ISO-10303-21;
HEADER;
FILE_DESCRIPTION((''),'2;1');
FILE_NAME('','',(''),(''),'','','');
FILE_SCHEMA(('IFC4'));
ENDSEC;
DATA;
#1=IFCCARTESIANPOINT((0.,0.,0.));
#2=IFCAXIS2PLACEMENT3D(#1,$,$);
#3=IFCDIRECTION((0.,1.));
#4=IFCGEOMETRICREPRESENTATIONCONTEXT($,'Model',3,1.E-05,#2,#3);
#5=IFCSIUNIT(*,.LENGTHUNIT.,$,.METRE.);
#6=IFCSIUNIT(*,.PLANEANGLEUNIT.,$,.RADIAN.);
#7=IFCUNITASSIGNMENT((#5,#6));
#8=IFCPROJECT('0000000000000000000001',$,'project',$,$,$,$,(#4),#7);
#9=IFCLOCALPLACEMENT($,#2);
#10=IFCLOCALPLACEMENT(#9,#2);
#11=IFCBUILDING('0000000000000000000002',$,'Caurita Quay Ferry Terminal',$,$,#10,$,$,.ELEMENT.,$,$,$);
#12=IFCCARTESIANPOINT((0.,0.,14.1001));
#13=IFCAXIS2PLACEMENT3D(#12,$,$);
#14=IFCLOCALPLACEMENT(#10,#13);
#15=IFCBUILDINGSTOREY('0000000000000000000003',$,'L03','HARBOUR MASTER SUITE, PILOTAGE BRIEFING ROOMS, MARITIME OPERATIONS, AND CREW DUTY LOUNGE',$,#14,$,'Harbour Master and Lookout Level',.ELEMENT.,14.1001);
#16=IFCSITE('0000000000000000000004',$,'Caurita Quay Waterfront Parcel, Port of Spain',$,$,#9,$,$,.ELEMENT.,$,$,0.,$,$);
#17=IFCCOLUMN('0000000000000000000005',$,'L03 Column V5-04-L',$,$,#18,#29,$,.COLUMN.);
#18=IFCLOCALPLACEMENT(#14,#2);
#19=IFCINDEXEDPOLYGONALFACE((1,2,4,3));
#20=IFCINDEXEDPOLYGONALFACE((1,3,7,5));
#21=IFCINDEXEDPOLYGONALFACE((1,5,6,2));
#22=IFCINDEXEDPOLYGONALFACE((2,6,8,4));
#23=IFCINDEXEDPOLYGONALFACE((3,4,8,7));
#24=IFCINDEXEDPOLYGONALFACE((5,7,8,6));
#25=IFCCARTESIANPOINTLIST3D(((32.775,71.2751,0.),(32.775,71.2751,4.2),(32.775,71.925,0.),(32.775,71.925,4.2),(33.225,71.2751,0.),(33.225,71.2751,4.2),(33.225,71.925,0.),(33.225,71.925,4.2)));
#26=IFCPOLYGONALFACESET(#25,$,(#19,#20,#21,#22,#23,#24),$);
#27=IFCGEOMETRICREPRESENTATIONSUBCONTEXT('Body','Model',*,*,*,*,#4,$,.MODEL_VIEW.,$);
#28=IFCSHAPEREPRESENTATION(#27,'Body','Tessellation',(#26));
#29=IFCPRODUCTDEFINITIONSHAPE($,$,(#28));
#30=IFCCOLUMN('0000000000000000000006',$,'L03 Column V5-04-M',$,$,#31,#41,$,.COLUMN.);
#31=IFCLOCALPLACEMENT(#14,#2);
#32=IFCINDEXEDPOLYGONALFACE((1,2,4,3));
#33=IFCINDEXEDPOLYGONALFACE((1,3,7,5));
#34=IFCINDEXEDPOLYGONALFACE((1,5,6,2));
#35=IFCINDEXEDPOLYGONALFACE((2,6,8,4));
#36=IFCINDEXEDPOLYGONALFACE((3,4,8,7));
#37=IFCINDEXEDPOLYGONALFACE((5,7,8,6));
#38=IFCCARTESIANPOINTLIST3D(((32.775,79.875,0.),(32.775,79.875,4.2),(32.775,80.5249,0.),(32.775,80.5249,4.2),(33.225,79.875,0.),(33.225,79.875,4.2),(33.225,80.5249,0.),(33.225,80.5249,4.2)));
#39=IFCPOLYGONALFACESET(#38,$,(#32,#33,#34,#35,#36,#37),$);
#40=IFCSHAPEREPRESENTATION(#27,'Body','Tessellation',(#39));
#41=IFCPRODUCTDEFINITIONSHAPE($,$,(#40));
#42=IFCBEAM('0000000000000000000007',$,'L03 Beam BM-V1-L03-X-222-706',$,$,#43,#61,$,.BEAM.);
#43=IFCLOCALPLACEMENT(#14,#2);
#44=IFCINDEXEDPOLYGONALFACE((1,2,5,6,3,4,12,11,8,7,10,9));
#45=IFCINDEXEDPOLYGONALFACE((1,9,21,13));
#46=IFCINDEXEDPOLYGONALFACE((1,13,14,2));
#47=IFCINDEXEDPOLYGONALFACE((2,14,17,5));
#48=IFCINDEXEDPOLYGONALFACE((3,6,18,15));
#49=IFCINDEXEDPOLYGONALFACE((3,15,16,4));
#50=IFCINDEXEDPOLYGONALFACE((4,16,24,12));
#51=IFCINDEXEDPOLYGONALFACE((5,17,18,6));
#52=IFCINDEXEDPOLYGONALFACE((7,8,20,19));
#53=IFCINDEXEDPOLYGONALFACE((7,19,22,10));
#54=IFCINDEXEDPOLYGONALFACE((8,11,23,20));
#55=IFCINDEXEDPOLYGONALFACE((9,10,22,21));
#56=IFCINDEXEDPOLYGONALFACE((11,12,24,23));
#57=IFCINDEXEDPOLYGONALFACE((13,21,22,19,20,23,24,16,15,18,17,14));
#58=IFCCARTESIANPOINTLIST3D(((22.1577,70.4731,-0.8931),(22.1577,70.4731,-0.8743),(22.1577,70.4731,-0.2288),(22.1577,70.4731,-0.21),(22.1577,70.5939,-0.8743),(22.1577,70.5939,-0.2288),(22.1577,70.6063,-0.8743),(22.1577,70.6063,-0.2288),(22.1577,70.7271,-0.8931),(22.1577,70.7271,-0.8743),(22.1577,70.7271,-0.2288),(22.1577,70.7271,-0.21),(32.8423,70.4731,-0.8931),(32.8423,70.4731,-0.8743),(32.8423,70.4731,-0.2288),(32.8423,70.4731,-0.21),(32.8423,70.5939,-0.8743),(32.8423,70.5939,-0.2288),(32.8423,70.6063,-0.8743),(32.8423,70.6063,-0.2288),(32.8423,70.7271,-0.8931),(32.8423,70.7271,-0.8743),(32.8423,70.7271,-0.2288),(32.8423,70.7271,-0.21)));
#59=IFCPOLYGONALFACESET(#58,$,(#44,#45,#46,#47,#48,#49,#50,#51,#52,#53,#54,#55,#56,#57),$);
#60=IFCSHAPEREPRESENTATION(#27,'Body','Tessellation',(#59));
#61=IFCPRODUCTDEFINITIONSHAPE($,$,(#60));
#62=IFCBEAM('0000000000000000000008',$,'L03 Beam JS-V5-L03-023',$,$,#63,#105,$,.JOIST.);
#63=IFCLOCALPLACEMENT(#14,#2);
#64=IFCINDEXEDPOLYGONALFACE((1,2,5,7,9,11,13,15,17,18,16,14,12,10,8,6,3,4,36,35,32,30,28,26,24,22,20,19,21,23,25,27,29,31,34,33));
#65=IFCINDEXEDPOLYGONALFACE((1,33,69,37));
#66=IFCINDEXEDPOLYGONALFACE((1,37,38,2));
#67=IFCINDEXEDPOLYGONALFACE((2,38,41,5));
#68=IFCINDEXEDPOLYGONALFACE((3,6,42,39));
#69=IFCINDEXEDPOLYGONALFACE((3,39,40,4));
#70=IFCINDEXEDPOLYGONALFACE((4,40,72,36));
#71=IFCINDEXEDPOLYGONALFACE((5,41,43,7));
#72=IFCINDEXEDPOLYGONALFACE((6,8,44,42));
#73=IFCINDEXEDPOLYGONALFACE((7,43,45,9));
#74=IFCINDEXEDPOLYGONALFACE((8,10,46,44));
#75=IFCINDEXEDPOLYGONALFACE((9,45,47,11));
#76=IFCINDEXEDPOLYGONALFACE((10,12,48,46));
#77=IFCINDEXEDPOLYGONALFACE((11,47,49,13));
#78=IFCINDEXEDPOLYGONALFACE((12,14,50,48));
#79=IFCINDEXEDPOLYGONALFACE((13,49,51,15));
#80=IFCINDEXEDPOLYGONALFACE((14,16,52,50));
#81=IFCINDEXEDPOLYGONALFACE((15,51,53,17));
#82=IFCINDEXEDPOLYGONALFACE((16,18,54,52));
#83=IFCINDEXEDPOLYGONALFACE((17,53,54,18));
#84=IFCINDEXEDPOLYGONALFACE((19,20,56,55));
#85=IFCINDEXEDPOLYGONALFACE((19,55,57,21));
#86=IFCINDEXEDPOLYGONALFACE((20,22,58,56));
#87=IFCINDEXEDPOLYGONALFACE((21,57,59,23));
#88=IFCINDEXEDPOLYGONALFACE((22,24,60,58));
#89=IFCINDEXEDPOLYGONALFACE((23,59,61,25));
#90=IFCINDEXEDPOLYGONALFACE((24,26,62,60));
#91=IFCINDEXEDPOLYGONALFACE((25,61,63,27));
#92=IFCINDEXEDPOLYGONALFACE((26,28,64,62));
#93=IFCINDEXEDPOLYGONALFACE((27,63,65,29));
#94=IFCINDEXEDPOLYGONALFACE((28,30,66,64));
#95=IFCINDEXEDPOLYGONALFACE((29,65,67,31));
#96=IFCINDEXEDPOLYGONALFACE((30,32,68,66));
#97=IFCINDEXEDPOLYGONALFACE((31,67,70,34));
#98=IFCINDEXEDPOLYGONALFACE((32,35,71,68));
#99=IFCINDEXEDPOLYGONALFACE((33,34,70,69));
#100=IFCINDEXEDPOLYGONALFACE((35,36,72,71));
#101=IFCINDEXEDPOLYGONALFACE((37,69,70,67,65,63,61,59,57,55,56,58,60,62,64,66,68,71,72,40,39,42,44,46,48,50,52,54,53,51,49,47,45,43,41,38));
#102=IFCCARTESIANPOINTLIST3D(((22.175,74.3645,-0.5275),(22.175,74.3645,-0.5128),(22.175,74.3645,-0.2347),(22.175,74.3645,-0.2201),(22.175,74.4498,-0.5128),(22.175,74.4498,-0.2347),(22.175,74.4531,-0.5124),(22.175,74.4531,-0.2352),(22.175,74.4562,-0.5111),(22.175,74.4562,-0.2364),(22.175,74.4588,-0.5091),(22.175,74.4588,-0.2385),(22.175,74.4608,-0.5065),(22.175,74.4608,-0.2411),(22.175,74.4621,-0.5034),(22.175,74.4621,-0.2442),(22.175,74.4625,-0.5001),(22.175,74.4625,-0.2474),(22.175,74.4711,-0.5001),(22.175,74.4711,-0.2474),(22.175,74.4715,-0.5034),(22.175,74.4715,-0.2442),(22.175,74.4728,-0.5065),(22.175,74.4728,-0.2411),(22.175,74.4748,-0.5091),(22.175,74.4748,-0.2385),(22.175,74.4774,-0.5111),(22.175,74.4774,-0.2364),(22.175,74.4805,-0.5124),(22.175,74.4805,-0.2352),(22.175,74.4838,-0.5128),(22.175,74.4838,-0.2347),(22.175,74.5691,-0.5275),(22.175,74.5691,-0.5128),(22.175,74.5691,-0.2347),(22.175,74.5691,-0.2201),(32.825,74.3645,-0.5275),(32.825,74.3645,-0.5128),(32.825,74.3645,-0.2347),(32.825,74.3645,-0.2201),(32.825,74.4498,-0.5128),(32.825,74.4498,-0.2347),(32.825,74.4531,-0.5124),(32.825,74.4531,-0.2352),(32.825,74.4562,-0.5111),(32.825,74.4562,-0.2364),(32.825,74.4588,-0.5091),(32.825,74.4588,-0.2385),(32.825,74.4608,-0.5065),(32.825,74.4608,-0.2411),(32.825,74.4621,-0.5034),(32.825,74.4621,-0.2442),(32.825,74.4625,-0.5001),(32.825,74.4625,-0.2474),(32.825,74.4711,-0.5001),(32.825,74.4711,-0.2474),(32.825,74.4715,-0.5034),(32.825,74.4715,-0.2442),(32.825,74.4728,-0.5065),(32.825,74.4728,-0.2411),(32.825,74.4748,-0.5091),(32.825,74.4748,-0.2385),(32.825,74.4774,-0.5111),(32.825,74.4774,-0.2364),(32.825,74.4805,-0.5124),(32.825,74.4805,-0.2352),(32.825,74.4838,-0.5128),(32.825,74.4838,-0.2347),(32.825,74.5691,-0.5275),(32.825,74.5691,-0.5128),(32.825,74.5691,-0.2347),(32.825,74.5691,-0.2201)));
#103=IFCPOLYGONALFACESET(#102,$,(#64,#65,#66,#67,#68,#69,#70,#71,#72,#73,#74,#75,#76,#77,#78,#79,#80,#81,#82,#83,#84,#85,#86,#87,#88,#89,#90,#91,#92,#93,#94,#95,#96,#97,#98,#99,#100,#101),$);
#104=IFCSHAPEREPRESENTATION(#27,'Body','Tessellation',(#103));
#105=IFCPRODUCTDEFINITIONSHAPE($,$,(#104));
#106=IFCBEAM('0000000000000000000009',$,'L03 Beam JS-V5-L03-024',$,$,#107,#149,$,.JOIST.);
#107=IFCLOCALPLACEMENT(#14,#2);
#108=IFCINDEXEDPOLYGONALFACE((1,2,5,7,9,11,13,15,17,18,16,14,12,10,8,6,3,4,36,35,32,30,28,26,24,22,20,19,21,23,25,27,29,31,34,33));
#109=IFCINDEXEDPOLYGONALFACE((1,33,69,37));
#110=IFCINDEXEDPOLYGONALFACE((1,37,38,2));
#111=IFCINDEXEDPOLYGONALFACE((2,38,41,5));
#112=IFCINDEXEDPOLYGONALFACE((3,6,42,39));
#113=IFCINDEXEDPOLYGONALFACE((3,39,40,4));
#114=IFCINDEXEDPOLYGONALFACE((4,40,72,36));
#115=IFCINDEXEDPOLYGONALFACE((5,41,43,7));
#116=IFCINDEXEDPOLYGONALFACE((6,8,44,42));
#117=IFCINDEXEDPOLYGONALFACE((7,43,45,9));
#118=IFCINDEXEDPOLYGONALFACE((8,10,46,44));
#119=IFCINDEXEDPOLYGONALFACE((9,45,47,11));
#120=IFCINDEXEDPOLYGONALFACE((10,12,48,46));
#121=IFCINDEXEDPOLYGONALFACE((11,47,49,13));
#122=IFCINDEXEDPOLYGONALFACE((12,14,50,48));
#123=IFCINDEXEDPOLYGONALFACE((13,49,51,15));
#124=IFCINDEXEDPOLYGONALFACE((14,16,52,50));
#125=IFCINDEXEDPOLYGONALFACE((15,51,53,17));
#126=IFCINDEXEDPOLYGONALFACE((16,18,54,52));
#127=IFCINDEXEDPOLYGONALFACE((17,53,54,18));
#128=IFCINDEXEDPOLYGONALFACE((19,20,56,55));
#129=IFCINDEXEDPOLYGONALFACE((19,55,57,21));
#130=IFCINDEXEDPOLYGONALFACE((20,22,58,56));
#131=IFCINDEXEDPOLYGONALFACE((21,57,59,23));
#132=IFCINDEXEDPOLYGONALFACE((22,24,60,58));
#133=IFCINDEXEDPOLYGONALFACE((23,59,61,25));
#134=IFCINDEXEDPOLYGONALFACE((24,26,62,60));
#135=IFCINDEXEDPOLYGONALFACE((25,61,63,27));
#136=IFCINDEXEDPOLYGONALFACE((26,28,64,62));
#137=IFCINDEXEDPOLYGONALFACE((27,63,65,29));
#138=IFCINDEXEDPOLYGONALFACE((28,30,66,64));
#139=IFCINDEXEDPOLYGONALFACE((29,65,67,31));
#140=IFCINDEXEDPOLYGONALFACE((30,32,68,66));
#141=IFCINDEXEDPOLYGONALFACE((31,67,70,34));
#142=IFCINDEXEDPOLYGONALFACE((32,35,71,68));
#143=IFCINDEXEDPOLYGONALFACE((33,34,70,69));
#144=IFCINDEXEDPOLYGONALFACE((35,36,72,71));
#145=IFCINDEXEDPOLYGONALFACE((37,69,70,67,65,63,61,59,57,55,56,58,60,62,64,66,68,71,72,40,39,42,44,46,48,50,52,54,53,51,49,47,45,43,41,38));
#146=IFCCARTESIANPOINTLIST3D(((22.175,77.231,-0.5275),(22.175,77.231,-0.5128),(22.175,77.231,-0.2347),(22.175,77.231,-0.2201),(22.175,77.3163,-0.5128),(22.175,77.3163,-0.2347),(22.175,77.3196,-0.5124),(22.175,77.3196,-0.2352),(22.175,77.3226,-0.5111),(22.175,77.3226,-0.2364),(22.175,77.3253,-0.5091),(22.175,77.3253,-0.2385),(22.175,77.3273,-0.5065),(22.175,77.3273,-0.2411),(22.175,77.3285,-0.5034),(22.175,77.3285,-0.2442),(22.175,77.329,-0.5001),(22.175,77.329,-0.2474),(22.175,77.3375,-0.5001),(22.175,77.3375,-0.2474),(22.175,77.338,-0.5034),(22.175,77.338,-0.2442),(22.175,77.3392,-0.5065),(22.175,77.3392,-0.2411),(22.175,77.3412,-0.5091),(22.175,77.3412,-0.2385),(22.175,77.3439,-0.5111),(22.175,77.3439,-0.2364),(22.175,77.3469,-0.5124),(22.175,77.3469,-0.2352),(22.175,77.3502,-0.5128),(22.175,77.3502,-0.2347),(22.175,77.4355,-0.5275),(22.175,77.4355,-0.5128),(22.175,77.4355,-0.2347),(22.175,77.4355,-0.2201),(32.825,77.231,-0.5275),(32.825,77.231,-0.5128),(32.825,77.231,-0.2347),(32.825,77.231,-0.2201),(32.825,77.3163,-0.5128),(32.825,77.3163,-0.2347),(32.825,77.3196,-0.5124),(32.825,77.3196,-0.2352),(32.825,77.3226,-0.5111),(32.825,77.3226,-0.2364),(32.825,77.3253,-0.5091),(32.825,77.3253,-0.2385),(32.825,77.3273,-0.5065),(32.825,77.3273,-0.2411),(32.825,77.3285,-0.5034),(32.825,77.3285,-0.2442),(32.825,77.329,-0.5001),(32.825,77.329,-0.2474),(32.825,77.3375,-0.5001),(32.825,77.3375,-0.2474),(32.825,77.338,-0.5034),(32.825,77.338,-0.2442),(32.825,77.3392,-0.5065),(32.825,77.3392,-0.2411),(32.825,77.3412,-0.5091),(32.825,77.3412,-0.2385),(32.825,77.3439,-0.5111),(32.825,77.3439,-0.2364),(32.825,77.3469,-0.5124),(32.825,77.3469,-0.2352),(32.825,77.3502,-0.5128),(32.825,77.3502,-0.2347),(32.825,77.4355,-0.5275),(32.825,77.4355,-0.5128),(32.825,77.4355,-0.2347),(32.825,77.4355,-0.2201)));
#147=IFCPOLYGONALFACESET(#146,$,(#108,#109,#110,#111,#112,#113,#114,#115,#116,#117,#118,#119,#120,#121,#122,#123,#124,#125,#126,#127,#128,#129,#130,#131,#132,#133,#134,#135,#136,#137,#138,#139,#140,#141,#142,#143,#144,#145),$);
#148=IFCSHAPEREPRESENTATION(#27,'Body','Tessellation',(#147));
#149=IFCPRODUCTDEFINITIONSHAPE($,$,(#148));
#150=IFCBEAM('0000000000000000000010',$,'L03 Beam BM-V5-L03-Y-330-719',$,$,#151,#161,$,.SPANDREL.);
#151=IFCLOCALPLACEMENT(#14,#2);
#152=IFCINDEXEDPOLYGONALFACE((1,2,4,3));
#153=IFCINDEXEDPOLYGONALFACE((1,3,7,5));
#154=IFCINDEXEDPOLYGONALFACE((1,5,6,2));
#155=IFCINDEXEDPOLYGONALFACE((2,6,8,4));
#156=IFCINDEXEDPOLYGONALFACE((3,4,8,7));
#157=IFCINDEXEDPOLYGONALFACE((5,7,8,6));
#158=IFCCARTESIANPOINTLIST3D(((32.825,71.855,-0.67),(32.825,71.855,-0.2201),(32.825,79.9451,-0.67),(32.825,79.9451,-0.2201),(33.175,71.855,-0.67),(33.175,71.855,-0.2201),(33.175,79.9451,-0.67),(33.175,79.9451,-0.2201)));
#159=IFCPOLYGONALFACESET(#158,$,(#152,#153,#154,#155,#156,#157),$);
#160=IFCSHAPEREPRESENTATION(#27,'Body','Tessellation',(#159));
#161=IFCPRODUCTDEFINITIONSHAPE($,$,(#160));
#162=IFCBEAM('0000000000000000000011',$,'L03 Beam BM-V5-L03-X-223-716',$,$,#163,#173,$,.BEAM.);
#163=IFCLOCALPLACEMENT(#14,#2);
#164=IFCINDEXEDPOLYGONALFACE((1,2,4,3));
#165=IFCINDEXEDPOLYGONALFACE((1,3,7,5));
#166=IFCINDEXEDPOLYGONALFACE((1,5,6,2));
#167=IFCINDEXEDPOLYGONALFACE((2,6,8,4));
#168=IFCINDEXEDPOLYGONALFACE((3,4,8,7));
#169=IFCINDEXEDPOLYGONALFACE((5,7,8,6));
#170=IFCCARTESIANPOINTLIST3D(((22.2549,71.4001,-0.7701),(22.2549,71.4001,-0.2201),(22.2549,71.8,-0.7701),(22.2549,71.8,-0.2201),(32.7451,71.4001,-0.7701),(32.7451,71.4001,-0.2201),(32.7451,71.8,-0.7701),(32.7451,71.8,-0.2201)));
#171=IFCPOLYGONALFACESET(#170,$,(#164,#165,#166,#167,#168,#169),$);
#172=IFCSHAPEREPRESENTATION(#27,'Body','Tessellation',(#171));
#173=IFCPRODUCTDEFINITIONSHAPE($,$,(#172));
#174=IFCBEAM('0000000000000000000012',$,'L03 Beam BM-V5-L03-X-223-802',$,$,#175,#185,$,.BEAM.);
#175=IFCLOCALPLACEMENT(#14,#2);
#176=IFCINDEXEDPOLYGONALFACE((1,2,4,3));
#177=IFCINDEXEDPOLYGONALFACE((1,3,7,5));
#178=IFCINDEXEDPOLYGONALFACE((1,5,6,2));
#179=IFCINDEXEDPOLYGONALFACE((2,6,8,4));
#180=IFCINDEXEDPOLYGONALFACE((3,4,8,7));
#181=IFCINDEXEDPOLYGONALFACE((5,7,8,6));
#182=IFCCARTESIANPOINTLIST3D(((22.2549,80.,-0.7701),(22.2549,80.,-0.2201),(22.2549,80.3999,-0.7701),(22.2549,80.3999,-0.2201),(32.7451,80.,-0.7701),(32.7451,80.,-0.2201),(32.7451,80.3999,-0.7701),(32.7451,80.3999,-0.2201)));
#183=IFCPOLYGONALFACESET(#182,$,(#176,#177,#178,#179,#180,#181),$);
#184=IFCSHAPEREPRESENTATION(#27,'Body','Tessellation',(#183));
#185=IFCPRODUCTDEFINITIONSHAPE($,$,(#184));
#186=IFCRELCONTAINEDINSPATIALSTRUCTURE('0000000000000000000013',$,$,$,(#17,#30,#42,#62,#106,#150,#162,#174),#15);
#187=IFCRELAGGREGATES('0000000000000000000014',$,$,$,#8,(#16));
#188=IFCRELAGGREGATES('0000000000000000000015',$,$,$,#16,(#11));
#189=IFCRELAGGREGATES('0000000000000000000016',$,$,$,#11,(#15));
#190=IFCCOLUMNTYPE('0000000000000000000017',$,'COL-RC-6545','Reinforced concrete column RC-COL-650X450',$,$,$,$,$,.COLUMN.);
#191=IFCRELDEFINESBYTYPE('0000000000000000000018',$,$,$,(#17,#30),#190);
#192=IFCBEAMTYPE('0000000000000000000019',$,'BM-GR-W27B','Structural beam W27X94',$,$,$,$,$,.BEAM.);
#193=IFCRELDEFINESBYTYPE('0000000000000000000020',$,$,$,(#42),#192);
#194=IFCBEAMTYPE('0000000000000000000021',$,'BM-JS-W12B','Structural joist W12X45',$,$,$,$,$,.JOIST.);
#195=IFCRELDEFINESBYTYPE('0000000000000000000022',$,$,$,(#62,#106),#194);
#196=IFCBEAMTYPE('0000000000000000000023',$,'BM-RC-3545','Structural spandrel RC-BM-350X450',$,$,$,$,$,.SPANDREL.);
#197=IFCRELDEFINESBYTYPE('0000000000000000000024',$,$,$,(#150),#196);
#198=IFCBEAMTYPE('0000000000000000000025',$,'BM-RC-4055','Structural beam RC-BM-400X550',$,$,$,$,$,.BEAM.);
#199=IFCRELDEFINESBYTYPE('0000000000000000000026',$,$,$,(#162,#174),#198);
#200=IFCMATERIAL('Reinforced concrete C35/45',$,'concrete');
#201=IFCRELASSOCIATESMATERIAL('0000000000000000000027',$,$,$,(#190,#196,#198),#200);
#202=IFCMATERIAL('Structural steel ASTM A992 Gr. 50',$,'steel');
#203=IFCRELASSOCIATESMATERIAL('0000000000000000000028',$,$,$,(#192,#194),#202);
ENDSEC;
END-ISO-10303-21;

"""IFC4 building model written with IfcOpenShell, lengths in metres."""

from ifc_helpers import new_model, si_unit, direction, frame, origin, origin_2d, place, context, subcontext, project, spatial, rectangle, i_section, extrude, material, material_profile, profile_set, type_object, element, save


model = new_model("IFC4")

# Units and contexts
model_context = context("Model", 3, precision=1e-05, world=origin(), true_north=direction((0.0, 1.0)))
body_context = subcontext(model_context, "Body", "Model", "MODEL_VIEW")
ifc_project = project(units=[si_unit("LENGTHUNIT", "METRE"), si_unit("PLANEANGLEUNIT", "RADIAN")], contexts=[model_context])

# Site, building, storey
site_placement = place(None, origin())
site = spatial("IfcSite", under=ifc_project, at=site_placement, Name="Caurita Quay Waterfront Parcel, Port of Spain", CompositionType="ELEMENT", RefElevation=0.0)
building_placement = place(site_placement, origin())
building = spatial("IfcBuilding", under=site, at=building_placement, Name="Caurita Quay Ferry Terminal", CompositionType="ELEMENT")
storey_placement = place(building_placement, frame((0.0, 0.0, 14.1001)))
storey = spatial("IfcBuildingStorey", under=building, at=storey_placement, Name="L03", Description="HARBOUR MASTER SUITE, PILOTAGE BRIEFING ROOMS, MARITIME OPERATIONS, AND CREW DUTY LOUNGE", LongName="Harbour Master and Lookout Level", CompositionType="ELEMENT", Elevation=14.1001)

# Columns
ifc_material_1 = material(Name="Reinforced concrete C35/45", Category="concrete")
ifc_material_profile_1 = material_profile(ifc_material_1, rectangle(XDim=0.45, YDim=0.6499, at=origin_2d()), Name="RC-COL-650X450")
ifc_profile_set_1 = profile_set([ifc_material_profile_1], Name="Reinforced concrete C35/45")
column_type = type_object("IfcColumnType", Name="COL-RC-6545", Description="Reinforced concrete column RC-COL-650X450", PredefinedType="COLUMN", material=ifc_profile_set_1)
for number, where, z_axis, x_axis, name in (
    (1, (33.0, 71.6001, 0.0), (0.0, 0.0, 1.0), (1.0, 0.0, 0.0), "L03 Column V5-04-L"),
    (2, (33.0, 80.2, 0.0), (0.0, 0.0, 1.0), (1.0, 0.0, 0.0), "L03 Column V5-04-M"),
):
    element("IfcColumn", number, at=place(storey_placement, frame(where, z_axis=z_axis, x_axis=x_axis)), inside=storey, type_object=column_type, Name=name, PredefinedType="COLUMN", context=body_context, shape_type="SweptSolid", body=[
        extrude(rectangle(XDim=0.45, YDim=0.6499, at=origin_2d()), origin(), (0.0, 0.0, 1.0), 4.2),
    ])

# Beams
ifc_material_2 = material(Name="Structural steel ASTM A992 Gr. 50", Category="steel")
ifc_material_profile_2 = material_profile(ifc_material_2, i_section(OverallWidth=0.2539, OverallDepth=0.6831, WebThickness=0.0125, FlangeThickness=0.0188, at=origin_2d()), Name="W27X94")
ifc_profile_set_2 = profile_set([ifc_material_profile_2], Name="Structural steel ASTM A992 Gr. 50")
beam_type_1 = type_object("IfcBeamType", Name="BM-GR-W27B", Description="Structural beam W27X94", PredefinedType="BEAM", material=ifc_profile_set_2)
beam_1_placement = place(storey_placement, frame((22.1577, 70.6001, -0.5515), z_axis=(1.0, 0.0, 0.0), x_axis=(0.0, 1.0, 0.0)))
element("IfcBeam", 3, at=beam_1_placement, inside=storey, type_object=beam_type_1, Name="L03 Beam BM-V1-L03-X-222-706", PredefinedType="BEAM", context=body_context, shape_type="SweptSolid", body=[
    extrude(i_section(OverallWidth=0.2539, OverallDepth=0.6831, WebThickness=0.0125, FlangeThickness=0.0188, at=origin_2d()), origin(), (0.0, 0.0, 1.0), 10.6846),
])
ifc_material_profile_3 = material_profile(ifc_material_2, i_section(OverallWidth=0.2046, OverallDepth=0.3074, WebThickness=0.0085, FlangeThickness=0.0146, FilletRadius=0.0127, at=origin_2d()), Name="W12X45")
ifc_profile_set_3 = profile_set([ifc_material_profile_3], Name="Structural steel ASTM A992 Gr. 50")
beam_type_2 = type_object("IfcBeamType", Name="BM-JS-W12B", Description="Structural joist W12X45", PredefinedType="JOIST", material=ifc_profile_set_3)
for number, where, z_axis, x_axis, name in (
    (4, (22.175, 74.4668, -0.3738), (1.0, 0.0, 0.0), (0.0, 1.0, 0.0), "L03 Beam JS-V5-L03-023"),
    (5, (22.175, 77.3333, -0.3738), (1.0, 0.0, 0.0), (0.0, 1.0, 0.0), "L03 Beam JS-V5-L03-024"),
):
    element("IfcBeam", number, at=place(storey_placement, frame(where, z_axis=z_axis, x_axis=x_axis)), inside=storey, type_object=beam_type_2, Name=name, PredefinedType="JOIST", context=body_context, shape_type="SweptSolid", body=[
        extrude(i_section(OverallWidth=0.2046, OverallDepth=0.3074, WebThickness=0.0085, FlangeThickness=0.0146, FilletRadius=0.0127, at=origin_2d()), origin(), (0.0, 0.0, 1.0), 10.6499),
    ])
ifc_material_profile_4 = material_profile(ifc_material_1, rectangle(XDim=0.3501, YDim=0.45, at=origin_2d()), Name="RC-BM-350X450")
ifc_profile_set_4 = profile_set([ifc_material_profile_4], Name="Reinforced concrete C35/45")
beam_type_3 = type_object("IfcBeamType", Name="BM-RC-3545", Description="Structural spandrel RC-BM-350X450", PredefinedType="SPANDREL", material=ifc_profile_set_4)
beam_2_placement = place(storey_placement, frame((33.0, 71.855, -0.4451), z_axis=(0.0, 1.0, 0.0), x_axis=(-1.0, 0.0, 0.0)))
element("IfcBeam", 6, at=beam_2_placement, inside=storey, type_object=beam_type_3, Name="L03 Beam BM-V5-L03-Y-330-719", PredefinedType="SPANDREL", context=body_context, shape_type="SweptSolid", body=[
    extrude(rectangle(XDim=0.3501, YDim=0.45, at=origin_2d()), origin(), (0.0, 0.0, 1.0), 8.0901),
])
ifc_material_profile_5 = material_profile(ifc_material_1, rectangle(XDim=0.3999, YDim=0.55, at=origin_2d()), Name="RC-BM-400X550")
ifc_profile_set_5 = profile_set([ifc_material_profile_5], Name="Reinforced concrete C35/45")
beam_type_4 = type_object("IfcBeamType", Name="BM-RC-4055", Description="Structural beam RC-BM-400X550", PredefinedType="BEAM", material=ifc_profile_set_5)
for number, where, z_axis, x_axis, name in (
    (7, (22.2549, 71.6001, -0.4951), (1.0, 0.0, 0.0), (0.0, 1.0, 0.0), "L03 Beam BM-V5-L03-X-223-716"),
    (8, (22.2549, 80.2, -0.4951), (1.0, 0.0, 0.0), (0.0, 1.0, 0.0), "L03 Beam BM-V5-L03-X-223-802"),
):
    element("IfcBeam", number, at=place(storey_placement, frame(where, z_axis=z_axis, x_axis=x_axis)), inside=storey, type_object=beam_type_4, Name=name, PredefinedType="BEAM", context=body_context, shape_type="SweptSolid", body=[
        extrude(rectangle(XDim=0.3999, YDim=0.55, at=origin_2d()), origin(), (0.0, 0.0, 1.0), 10.4902),
    ])

save(model, "model.ifc")
